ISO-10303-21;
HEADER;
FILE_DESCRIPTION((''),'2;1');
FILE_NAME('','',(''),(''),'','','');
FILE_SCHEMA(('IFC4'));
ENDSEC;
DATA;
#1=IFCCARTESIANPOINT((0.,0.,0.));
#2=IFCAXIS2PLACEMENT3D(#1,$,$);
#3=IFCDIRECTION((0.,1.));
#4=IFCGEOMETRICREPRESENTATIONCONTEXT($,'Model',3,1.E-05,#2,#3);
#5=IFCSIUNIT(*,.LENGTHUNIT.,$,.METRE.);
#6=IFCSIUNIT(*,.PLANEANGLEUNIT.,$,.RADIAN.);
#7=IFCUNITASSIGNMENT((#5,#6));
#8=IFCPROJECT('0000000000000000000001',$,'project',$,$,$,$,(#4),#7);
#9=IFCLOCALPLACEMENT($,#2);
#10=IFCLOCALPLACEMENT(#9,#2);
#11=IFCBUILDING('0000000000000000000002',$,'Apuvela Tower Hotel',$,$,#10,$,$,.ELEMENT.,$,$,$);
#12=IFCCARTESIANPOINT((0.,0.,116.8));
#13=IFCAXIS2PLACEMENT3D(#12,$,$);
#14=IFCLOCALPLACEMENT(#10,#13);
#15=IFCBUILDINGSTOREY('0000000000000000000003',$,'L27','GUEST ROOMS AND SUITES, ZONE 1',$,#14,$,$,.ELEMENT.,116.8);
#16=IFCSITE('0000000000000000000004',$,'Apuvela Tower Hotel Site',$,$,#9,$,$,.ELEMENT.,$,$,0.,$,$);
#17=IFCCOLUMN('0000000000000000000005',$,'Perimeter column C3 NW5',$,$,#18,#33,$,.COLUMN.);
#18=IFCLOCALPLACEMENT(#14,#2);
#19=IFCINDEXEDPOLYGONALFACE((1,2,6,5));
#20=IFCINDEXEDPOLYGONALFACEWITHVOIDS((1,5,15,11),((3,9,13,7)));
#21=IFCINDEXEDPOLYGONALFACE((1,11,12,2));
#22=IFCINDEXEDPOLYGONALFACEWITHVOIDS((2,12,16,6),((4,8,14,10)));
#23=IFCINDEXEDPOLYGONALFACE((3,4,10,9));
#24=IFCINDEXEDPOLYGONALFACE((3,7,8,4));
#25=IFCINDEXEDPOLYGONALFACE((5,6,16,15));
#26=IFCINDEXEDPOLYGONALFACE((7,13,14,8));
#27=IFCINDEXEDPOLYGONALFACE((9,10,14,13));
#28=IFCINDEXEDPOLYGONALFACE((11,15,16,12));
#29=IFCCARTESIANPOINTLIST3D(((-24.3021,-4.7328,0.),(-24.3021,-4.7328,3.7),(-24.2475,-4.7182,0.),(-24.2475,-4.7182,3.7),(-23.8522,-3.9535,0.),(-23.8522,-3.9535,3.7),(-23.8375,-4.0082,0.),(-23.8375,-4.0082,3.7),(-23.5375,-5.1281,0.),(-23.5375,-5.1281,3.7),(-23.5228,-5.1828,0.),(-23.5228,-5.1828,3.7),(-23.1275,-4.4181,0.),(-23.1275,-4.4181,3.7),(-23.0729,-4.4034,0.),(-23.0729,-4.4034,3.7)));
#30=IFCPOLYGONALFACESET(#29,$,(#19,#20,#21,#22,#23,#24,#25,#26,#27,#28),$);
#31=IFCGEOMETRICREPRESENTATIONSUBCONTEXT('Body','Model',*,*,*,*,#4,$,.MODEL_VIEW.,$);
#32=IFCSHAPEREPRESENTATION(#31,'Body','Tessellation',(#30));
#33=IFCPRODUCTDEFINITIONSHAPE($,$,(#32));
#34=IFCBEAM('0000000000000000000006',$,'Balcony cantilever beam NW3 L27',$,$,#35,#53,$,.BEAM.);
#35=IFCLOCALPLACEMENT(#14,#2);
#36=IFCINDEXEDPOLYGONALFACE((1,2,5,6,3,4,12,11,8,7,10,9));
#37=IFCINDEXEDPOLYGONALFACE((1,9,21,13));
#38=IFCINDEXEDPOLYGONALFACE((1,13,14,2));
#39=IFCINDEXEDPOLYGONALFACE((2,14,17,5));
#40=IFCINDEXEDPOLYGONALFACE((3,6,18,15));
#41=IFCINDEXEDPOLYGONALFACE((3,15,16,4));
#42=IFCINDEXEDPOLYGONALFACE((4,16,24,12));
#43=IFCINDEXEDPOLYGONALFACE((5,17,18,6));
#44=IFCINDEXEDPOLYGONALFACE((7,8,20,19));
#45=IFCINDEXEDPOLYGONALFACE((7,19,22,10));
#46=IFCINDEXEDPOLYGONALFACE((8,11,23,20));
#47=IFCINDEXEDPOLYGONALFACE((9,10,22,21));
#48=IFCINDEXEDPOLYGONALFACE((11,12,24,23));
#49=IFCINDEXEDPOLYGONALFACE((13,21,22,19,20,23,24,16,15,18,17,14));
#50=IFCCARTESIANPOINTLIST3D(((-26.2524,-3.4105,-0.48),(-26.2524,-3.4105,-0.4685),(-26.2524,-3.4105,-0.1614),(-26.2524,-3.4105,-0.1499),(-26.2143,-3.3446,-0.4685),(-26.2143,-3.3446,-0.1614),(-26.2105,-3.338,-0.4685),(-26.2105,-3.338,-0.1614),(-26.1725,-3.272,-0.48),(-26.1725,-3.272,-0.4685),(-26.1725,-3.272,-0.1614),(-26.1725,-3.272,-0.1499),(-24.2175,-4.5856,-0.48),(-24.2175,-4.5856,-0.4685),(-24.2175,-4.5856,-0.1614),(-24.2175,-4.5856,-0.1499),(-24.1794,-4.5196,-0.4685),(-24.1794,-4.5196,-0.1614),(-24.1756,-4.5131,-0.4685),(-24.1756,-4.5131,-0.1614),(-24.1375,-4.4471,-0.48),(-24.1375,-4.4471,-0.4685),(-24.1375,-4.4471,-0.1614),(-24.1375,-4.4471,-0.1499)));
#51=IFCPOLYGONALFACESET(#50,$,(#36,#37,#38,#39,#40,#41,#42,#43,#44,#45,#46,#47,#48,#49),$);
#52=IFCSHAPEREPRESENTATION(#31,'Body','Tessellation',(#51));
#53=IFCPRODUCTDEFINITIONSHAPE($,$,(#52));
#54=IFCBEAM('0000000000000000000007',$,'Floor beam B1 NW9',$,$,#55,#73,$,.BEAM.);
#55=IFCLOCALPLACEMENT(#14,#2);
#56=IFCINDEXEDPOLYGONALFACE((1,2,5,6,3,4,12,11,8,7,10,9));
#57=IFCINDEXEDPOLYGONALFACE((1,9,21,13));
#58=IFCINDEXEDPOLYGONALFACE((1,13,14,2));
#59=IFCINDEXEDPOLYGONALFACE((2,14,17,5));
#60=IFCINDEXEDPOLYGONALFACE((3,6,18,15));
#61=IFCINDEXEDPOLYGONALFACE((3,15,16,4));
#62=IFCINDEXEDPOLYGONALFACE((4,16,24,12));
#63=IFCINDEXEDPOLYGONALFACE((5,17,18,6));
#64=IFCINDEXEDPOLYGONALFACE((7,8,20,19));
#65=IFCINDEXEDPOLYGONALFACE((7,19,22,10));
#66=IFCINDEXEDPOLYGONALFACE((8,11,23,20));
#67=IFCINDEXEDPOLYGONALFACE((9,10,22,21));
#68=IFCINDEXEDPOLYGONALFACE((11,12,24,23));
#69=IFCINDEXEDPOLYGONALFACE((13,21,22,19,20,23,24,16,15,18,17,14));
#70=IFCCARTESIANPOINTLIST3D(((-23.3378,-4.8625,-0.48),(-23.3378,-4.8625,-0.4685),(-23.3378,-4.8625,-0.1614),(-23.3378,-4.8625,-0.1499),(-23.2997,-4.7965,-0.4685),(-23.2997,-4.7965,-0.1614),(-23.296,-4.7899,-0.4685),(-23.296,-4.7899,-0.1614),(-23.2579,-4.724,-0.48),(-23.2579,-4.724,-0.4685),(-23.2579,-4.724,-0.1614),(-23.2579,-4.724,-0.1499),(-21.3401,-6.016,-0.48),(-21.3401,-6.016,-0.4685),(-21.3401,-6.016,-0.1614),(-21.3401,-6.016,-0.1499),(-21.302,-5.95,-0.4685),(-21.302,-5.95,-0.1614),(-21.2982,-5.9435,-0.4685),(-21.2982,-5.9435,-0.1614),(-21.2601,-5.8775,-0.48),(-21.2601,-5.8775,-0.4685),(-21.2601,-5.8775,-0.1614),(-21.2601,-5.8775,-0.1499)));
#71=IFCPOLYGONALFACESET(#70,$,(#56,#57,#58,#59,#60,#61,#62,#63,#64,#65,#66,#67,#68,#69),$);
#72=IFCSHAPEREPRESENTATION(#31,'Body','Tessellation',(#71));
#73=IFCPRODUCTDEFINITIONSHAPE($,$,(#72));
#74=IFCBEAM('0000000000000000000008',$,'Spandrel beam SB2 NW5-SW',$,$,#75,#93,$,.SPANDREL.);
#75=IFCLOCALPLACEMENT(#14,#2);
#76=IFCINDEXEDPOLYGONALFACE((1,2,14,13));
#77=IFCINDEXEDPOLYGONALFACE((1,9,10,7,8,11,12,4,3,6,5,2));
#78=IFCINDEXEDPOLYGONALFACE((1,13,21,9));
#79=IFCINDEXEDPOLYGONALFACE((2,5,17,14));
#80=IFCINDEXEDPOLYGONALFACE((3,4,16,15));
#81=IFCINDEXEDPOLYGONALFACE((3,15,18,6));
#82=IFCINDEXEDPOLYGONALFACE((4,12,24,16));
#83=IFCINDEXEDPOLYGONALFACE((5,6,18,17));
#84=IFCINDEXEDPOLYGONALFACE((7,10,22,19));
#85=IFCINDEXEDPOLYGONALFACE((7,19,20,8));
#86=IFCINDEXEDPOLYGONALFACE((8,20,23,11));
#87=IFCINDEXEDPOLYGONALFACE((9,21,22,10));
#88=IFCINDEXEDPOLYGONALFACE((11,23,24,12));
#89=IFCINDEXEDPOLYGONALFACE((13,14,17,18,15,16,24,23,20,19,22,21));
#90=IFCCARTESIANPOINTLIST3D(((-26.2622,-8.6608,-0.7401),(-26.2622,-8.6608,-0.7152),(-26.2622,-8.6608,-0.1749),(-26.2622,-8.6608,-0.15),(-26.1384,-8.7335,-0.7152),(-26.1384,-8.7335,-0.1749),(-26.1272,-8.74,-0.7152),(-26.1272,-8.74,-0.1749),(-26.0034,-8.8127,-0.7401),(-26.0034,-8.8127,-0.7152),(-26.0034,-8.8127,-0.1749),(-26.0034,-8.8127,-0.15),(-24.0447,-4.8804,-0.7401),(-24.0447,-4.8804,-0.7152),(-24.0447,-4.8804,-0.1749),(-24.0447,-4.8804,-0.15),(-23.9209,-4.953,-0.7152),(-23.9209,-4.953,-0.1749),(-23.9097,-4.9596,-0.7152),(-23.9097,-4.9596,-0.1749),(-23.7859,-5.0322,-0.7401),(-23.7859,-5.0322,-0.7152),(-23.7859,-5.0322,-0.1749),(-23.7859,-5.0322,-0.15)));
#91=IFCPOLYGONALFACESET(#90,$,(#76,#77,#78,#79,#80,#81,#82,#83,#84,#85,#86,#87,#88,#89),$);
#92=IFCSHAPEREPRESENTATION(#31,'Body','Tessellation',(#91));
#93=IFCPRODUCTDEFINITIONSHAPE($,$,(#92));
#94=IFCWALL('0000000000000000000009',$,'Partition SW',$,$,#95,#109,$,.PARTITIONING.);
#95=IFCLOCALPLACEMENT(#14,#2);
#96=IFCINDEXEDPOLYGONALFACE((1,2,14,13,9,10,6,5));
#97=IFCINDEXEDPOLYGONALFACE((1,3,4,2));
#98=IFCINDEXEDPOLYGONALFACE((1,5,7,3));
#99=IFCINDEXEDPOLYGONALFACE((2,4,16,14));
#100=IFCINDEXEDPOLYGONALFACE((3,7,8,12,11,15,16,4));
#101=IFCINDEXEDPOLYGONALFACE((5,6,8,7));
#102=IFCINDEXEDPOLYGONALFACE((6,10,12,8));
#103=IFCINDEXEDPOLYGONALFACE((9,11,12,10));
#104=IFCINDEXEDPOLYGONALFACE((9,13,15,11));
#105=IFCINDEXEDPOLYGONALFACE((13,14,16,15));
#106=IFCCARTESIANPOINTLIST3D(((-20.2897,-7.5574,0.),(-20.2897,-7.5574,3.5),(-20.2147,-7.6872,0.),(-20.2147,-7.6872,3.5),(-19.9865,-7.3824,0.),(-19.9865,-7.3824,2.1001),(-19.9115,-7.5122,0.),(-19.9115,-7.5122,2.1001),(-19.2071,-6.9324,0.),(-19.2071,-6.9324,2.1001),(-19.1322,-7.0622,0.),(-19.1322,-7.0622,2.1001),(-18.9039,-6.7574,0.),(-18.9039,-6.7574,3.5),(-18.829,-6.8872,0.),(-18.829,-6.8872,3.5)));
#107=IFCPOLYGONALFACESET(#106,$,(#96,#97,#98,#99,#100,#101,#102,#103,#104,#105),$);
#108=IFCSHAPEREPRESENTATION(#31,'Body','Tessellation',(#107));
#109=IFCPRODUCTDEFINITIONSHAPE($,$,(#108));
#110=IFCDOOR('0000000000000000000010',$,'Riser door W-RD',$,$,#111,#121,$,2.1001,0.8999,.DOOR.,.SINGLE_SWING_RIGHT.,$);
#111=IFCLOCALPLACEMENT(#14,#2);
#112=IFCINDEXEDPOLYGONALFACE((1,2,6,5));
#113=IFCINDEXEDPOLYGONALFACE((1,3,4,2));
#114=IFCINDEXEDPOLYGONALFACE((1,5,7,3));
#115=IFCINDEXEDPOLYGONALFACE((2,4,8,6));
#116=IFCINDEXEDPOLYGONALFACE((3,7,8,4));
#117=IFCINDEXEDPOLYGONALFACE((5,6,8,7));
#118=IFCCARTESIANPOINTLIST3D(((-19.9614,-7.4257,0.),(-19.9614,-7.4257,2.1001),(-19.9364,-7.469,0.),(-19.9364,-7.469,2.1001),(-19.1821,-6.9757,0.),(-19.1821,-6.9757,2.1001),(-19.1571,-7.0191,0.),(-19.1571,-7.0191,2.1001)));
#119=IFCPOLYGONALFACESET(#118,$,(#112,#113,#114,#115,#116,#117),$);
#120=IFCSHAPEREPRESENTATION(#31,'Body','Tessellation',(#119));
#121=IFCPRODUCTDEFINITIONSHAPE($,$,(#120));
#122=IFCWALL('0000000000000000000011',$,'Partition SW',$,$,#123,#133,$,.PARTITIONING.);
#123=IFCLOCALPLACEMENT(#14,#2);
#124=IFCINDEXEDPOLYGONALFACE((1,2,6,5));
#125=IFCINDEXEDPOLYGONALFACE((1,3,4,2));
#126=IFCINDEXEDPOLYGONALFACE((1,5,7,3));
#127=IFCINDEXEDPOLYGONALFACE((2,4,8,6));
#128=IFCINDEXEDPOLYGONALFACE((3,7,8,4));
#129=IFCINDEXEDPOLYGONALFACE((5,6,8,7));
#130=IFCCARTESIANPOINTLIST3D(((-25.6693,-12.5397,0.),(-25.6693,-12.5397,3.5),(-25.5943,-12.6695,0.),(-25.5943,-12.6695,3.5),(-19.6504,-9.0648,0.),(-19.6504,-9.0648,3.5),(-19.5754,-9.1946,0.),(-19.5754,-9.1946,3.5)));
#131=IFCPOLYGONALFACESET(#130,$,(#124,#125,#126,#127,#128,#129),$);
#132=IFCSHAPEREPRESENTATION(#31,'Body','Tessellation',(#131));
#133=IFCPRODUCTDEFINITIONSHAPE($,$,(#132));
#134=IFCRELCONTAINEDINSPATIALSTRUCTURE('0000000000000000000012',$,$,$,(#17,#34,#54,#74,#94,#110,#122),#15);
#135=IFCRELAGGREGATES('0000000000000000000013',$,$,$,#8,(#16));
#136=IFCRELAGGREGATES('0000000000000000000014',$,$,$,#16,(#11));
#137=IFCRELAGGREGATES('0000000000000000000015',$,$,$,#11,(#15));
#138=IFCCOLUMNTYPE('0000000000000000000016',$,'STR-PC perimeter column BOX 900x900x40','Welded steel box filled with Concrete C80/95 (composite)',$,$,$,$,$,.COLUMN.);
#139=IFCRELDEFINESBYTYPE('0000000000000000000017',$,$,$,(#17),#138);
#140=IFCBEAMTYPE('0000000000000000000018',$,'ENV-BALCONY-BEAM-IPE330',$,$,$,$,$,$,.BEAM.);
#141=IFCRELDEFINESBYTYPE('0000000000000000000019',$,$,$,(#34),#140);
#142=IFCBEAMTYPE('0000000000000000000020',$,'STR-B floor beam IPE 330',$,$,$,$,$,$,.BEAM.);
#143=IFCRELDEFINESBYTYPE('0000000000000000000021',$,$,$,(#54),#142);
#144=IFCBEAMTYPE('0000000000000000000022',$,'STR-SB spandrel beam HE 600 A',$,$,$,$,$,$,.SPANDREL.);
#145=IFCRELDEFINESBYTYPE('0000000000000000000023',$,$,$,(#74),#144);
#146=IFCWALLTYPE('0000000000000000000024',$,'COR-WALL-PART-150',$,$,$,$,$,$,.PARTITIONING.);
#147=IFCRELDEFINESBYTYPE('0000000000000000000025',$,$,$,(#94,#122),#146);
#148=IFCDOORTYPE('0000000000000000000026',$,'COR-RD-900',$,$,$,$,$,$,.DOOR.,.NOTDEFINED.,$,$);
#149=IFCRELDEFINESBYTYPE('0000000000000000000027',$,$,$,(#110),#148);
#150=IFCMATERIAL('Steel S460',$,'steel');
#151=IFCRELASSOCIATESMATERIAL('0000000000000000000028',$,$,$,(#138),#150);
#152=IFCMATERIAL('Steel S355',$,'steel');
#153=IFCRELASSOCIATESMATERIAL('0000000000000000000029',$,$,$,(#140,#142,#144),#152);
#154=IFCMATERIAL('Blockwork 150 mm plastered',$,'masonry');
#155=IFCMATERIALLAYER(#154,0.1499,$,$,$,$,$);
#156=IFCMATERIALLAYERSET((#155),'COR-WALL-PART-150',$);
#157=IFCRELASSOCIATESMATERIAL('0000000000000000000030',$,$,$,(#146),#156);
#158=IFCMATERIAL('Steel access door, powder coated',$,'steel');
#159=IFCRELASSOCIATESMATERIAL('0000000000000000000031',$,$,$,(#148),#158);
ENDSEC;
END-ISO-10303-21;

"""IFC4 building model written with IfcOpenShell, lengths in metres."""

from ifc_helpers import new_model, si_unit, direction, frame, frame_2d, origin, origin_2d, place, context, subcontext, project, spatial, rectangle, hollow_rectangle, i_section, extrude, material, layer, layer_set, material_profile, profile_set, type_object, element, fill, save


model = new_model("IFC4")

# Units and contexts
model_context = context("Model", 3, precision=1e-05, world=origin(), true_north=direction((0.0, 1.0)))
body_context = subcontext(model_context, "Body", "Model", "MODEL_VIEW")
ifc_project = project(units=[si_unit("LENGTHUNIT", "METRE"), si_unit("PLANEANGLEUNIT", "RADIAN")], contexts=[model_context])

# Site, building, storey
site_placement = place(None, origin())
site = spatial("IfcSite", under=ifc_project, at=site_placement, Name="Apuvela Tower Hotel Site", CompositionType="ELEMENT", RefElevation=0.0)
building_placement = place(site_placement, origin())
building = spatial("IfcBuilding", under=site, at=building_placement, Name="Apuvela Tower Hotel", CompositionType="ELEMENT")
storey_placement = place(building_placement, frame((0.0, 0.0, 116.8)))
storey = spatial("IfcBuildingStorey", under=building, at=storey_placement, Name="L27", Description="GUEST ROOMS AND SUITES, ZONE 1", CompositionType="ELEMENT", Elevation=116.8)

# Column
ifc_material_1 = material(Name="Steel S460", Category="steel")
ifc_material_profile_1 = material_profile(ifc_material_1, hollow_rectangle(XDim=0.8999, YDim=0.8999, WallThickness=0.04, at=origin_2d()), Name="BOX 900x900x40")
ifc_material_2 = material(Name="Concrete C80/95", Category="concrete")
ifc_material_profile_2 = material_profile(ifc_material_2, rectangle(XDim=0.8201, YDim=0.8201, at=origin_2d()), Name="Concrete C80/95 infill")
ifc_profile_set_1 = profile_set([ifc_material_profile_1, ifc_material_profile_2], Name="Steel S460")
column_type = type_object("IfcColumnType", Name="STR-PC perimeter column BOX 900x900x40", Description="Welded steel box filled with Concrete C80/95 (composite)", PredefinedType="COLUMN", material=ifc_profile_set_1)
column_placement = place(storey_placement, frame((-23.6875, -4.5681, 0.0), z_axis=(0.0, 0.0, 1.0), x_axis=(0.5, 0.866025, 0.0)))
element("IfcColumn", 1, at=column_placement, inside=storey, type_object=column_type, Name="Perimeter column C3 NW5", PredefinedType="COLUMN", context=body_context, shape_type="SweptSolid", body=[
    extrude(hollow_rectangle(XDim=0.8999, YDim=0.8999, WallThickness=0.04, at=origin_2d()), origin(), (0.0, 0.0, 1.0), 3.7),
])

# Beams
ifc_material_3 = material(Name="Steel S355", Category="steel")
ifc_material_profile_3 = material_profile(ifc_material_3, i_section(OverallWidth=0.1599, OverallDepth=0.3301, WebThickness=0.0076, FlangeThickness=0.0115, at=origin_2d()), Name="IPE 330")
ifc_profile_set_2 = profile_set([ifc_material_profile_3], Name="Steel S355")
beam_type_1 = type_object("IfcBeamType", Name="ENV-BALCONY-BEAM-IPE330", PredefinedType="BEAM", material=ifc_profile_set_2)
beam_1_placement = place(storey_placement, frame((-24.1775, -4.5164, -0.3149), z_axis=(-0.86599, 0.500061, 0.0), x_axis=(-0.500061, -0.86599, 0.0)))
element("IfcBeam", 2, at=beam_1_placement, inside=storey, type_object=beam_type_1, Name="Balcony cantilever beam NW3 L27", PredefinedType="BEAM", context=body_context, shape_type="SweptSolid", body=[
    extrude(i_section(OverallWidth=0.1599, OverallDepth=0.3301, WebThickness=0.0076, FlangeThickness=0.0115, at=origin_2d()), origin(), (0.0, 0.0, 1.0), 2.3499),
])
ifc_material_profile_4 = material_profile(ifc_material_3, i_section(OverallWidth=0.1599, OverallDepth=0.3301, WebThickness=0.0076, FlangeThickness=0.0115, at=origin_2d()), Name="IPE 330")
ifc_profile_set_3 = profile_set([ifc_material_profile_4], Name="Steel S355")
beam_type_2 = type_object("IfcBeamType", Name="STR-B floor beam IPE 330", PredefinedType="BEAM", material=ifc_profile_set_3)
beam_2_placement = place(storey_placement, frame((-23.2979, -4.7932, -0.3149), z_axis=(0.866001, -0.500043, 0.0), x_axis=(0.500043, 0.866001, 0.0)))
element("IfcBeam", 3, at=beam_2_placement, inside=storey, type_object=beam_type_2, Name="Floor beam B1 NW9", PredefinedType="BEAM", context=body_context, shape_type="SweptSolid", body=[
    extrude(i_section(OverallWidth=0.1599, OverallDepth=0.3301, WebThickness=0.0076, FlangeThickness=0.0115, at=origin_2d()), origin(), (0.0, 0.0, 1.0), 2.3069),
])
ifc_material_profile_5 = material_profile(ifc_material_3, i_section(OverallWidth=0.3, OverallDepth=0.5901, WebThickness=0.0129, FlangeThickness=0.0249, at=origin_2d()), Name="HE 600 A")
ifc_profile_set_4 = profile_set([ifc_material_profile_5], Name="Steel S355")
beam_type_3 = type_object("IfcBeamType", Name="STR-SB spandrel beam HE 600 A", PredefinedType="SPANDREL", material=ifc_profile_set_4)
beam_3_placement = place(storey_placement, frame((-23.9153, -4.9563, -0.4451), z_axis=(-0.505951, -0.862562, 0.0), x_axis=(0.862562, -0.505951, 0.0)))
element("IfcBeam", 4, at=beam_3_placement, inside=storey, type_object=beam_type_3, Name="Spandrel beam SB2 NW5-SW", PredefinedType="SPANDREL", context=body_context, shape_type="SweptSolid", body=[
    extrude(i_section(OverallWidth=0.3, OverallDepth=0.5901, WebThickness=0.0129, FlangeThickness=0.0249, at=origin_2d()), origin(), (0.0, 0.0, 1.0), 4.3828),
])

# Wall, opening, door
ifc_material_4 = material(Name="Blockwork 150 mm plastered", Category="masonry")
ifc_layer_1 = layer(ifc_material_4, 0.1499)
ifc_layer_set_1 = layer_set([ifc_layer_1], Name="COR-WALL-PART-150")
wall_type_1 = type_object("IfcWallType", Name="COR-WALL-PART-150", PredefinedType="PARTITIONING", material=ifc_layer_set_1)
wall_1_placement = place(storey_placement, frame((-18.8665, -6.8223, 0.0), z_axis=(0.0, 0.0, 1.0), x_axis=(-0.866028, -0.499995, 0.0)))
wall_1 = element("IfcWall", 5, at=wall_1_placement, inside=storey, type_object=wall_type_1, Name="Partition SW", PredefinedType="PARTITIONING", context=body_context, shape_type="SweptSolid", body=[
    extrude(rectangle(XDim=1.6001, YDim=0.1499, at=frame_2d((0.8, 0.0))), origin(), (0.0, 0.0, 1.0), 3.5),
])
opening_1_placement = place(wall_1_placement, frame((0.3501, 0.0, 0.0)))
opening_1 = element("IfcOpeningElement", 6, at=opening_1_placement, cuts=wall_1, PredefinedType="OPENING", context=body_context, shape_type="SweptSolid", body=[
    extrude(rectangle(XDim=0.8999, YDim=2.1001, at=frame_2d((0.45, 1.05))), frame((0.0, 0.085, 0.0), z_axis=(0.0, -1.0, 0.0), x_axis=(1.0, 0.0, 0.0)), (0.0, 0.0, 1.0), 0.1699),
])
ifc_material_5 = material(Name="Steel access door, powder coated", Category="steel")
door_type_1 = type_object("IfcDoorType", Name="COR-RD-900", OperationType="NOTDEFINED", PredefinedType="DOOR", material=ifc_material_5)
door_1_placement = place(opening_1_placement, frame((0.8999, 0.0, 0.0), z_axis=(0.0, 0.0, 1.0), x_axis=(-1.0, 0.0, 0.0)))
door_1 = element("IfcDoor", 7, at=door_1_placement, inside=storey, type_object=door_type_1, Name="Riser door W-RD", OperationType="SINGLE_SWING_RIGHT", OverallHeight=2.1001, OverallWidth=0.8999, PredefinedType="DOOR", context=body_context, shape_type="SweptSolid", body=[
    extrude(rectangle(XDim=0.8999, YDim=2.1001, at=frame_2d((0.45, 1.05))), frame((0.0, 0.0249, 0.0), z_axis=(0.0, -1.0, 0.0), x_axis=(1.0, 0.0, 0.0)), (0.0, 0.0, 1.0), 0.05),
])
fill(opening_1, door_1)

# Wall
wall_2_placement = place(storey_placement, frame((-19.6128, -9.1296, 0.0), z_axis=(0.0, 0.0, 1.0), x_axis=(-0.866032, -0.499989, 0.0)))
element("IfcWall", 8, at=wall_2_placement, inside=storey, type_object=wall_type_1, Name="Partition SW", PredefinedType="PARTITIONING", context=body_context, shape_type="SweptSolid", body=[
    extrude(rectangle(XDim=6.95, YDim=0.1499, at=frame_2d((3.4751, 0.0))), origin(), (0.0, 0.0, 1.0), 3.5),
])

save(model, "model.ifc")
